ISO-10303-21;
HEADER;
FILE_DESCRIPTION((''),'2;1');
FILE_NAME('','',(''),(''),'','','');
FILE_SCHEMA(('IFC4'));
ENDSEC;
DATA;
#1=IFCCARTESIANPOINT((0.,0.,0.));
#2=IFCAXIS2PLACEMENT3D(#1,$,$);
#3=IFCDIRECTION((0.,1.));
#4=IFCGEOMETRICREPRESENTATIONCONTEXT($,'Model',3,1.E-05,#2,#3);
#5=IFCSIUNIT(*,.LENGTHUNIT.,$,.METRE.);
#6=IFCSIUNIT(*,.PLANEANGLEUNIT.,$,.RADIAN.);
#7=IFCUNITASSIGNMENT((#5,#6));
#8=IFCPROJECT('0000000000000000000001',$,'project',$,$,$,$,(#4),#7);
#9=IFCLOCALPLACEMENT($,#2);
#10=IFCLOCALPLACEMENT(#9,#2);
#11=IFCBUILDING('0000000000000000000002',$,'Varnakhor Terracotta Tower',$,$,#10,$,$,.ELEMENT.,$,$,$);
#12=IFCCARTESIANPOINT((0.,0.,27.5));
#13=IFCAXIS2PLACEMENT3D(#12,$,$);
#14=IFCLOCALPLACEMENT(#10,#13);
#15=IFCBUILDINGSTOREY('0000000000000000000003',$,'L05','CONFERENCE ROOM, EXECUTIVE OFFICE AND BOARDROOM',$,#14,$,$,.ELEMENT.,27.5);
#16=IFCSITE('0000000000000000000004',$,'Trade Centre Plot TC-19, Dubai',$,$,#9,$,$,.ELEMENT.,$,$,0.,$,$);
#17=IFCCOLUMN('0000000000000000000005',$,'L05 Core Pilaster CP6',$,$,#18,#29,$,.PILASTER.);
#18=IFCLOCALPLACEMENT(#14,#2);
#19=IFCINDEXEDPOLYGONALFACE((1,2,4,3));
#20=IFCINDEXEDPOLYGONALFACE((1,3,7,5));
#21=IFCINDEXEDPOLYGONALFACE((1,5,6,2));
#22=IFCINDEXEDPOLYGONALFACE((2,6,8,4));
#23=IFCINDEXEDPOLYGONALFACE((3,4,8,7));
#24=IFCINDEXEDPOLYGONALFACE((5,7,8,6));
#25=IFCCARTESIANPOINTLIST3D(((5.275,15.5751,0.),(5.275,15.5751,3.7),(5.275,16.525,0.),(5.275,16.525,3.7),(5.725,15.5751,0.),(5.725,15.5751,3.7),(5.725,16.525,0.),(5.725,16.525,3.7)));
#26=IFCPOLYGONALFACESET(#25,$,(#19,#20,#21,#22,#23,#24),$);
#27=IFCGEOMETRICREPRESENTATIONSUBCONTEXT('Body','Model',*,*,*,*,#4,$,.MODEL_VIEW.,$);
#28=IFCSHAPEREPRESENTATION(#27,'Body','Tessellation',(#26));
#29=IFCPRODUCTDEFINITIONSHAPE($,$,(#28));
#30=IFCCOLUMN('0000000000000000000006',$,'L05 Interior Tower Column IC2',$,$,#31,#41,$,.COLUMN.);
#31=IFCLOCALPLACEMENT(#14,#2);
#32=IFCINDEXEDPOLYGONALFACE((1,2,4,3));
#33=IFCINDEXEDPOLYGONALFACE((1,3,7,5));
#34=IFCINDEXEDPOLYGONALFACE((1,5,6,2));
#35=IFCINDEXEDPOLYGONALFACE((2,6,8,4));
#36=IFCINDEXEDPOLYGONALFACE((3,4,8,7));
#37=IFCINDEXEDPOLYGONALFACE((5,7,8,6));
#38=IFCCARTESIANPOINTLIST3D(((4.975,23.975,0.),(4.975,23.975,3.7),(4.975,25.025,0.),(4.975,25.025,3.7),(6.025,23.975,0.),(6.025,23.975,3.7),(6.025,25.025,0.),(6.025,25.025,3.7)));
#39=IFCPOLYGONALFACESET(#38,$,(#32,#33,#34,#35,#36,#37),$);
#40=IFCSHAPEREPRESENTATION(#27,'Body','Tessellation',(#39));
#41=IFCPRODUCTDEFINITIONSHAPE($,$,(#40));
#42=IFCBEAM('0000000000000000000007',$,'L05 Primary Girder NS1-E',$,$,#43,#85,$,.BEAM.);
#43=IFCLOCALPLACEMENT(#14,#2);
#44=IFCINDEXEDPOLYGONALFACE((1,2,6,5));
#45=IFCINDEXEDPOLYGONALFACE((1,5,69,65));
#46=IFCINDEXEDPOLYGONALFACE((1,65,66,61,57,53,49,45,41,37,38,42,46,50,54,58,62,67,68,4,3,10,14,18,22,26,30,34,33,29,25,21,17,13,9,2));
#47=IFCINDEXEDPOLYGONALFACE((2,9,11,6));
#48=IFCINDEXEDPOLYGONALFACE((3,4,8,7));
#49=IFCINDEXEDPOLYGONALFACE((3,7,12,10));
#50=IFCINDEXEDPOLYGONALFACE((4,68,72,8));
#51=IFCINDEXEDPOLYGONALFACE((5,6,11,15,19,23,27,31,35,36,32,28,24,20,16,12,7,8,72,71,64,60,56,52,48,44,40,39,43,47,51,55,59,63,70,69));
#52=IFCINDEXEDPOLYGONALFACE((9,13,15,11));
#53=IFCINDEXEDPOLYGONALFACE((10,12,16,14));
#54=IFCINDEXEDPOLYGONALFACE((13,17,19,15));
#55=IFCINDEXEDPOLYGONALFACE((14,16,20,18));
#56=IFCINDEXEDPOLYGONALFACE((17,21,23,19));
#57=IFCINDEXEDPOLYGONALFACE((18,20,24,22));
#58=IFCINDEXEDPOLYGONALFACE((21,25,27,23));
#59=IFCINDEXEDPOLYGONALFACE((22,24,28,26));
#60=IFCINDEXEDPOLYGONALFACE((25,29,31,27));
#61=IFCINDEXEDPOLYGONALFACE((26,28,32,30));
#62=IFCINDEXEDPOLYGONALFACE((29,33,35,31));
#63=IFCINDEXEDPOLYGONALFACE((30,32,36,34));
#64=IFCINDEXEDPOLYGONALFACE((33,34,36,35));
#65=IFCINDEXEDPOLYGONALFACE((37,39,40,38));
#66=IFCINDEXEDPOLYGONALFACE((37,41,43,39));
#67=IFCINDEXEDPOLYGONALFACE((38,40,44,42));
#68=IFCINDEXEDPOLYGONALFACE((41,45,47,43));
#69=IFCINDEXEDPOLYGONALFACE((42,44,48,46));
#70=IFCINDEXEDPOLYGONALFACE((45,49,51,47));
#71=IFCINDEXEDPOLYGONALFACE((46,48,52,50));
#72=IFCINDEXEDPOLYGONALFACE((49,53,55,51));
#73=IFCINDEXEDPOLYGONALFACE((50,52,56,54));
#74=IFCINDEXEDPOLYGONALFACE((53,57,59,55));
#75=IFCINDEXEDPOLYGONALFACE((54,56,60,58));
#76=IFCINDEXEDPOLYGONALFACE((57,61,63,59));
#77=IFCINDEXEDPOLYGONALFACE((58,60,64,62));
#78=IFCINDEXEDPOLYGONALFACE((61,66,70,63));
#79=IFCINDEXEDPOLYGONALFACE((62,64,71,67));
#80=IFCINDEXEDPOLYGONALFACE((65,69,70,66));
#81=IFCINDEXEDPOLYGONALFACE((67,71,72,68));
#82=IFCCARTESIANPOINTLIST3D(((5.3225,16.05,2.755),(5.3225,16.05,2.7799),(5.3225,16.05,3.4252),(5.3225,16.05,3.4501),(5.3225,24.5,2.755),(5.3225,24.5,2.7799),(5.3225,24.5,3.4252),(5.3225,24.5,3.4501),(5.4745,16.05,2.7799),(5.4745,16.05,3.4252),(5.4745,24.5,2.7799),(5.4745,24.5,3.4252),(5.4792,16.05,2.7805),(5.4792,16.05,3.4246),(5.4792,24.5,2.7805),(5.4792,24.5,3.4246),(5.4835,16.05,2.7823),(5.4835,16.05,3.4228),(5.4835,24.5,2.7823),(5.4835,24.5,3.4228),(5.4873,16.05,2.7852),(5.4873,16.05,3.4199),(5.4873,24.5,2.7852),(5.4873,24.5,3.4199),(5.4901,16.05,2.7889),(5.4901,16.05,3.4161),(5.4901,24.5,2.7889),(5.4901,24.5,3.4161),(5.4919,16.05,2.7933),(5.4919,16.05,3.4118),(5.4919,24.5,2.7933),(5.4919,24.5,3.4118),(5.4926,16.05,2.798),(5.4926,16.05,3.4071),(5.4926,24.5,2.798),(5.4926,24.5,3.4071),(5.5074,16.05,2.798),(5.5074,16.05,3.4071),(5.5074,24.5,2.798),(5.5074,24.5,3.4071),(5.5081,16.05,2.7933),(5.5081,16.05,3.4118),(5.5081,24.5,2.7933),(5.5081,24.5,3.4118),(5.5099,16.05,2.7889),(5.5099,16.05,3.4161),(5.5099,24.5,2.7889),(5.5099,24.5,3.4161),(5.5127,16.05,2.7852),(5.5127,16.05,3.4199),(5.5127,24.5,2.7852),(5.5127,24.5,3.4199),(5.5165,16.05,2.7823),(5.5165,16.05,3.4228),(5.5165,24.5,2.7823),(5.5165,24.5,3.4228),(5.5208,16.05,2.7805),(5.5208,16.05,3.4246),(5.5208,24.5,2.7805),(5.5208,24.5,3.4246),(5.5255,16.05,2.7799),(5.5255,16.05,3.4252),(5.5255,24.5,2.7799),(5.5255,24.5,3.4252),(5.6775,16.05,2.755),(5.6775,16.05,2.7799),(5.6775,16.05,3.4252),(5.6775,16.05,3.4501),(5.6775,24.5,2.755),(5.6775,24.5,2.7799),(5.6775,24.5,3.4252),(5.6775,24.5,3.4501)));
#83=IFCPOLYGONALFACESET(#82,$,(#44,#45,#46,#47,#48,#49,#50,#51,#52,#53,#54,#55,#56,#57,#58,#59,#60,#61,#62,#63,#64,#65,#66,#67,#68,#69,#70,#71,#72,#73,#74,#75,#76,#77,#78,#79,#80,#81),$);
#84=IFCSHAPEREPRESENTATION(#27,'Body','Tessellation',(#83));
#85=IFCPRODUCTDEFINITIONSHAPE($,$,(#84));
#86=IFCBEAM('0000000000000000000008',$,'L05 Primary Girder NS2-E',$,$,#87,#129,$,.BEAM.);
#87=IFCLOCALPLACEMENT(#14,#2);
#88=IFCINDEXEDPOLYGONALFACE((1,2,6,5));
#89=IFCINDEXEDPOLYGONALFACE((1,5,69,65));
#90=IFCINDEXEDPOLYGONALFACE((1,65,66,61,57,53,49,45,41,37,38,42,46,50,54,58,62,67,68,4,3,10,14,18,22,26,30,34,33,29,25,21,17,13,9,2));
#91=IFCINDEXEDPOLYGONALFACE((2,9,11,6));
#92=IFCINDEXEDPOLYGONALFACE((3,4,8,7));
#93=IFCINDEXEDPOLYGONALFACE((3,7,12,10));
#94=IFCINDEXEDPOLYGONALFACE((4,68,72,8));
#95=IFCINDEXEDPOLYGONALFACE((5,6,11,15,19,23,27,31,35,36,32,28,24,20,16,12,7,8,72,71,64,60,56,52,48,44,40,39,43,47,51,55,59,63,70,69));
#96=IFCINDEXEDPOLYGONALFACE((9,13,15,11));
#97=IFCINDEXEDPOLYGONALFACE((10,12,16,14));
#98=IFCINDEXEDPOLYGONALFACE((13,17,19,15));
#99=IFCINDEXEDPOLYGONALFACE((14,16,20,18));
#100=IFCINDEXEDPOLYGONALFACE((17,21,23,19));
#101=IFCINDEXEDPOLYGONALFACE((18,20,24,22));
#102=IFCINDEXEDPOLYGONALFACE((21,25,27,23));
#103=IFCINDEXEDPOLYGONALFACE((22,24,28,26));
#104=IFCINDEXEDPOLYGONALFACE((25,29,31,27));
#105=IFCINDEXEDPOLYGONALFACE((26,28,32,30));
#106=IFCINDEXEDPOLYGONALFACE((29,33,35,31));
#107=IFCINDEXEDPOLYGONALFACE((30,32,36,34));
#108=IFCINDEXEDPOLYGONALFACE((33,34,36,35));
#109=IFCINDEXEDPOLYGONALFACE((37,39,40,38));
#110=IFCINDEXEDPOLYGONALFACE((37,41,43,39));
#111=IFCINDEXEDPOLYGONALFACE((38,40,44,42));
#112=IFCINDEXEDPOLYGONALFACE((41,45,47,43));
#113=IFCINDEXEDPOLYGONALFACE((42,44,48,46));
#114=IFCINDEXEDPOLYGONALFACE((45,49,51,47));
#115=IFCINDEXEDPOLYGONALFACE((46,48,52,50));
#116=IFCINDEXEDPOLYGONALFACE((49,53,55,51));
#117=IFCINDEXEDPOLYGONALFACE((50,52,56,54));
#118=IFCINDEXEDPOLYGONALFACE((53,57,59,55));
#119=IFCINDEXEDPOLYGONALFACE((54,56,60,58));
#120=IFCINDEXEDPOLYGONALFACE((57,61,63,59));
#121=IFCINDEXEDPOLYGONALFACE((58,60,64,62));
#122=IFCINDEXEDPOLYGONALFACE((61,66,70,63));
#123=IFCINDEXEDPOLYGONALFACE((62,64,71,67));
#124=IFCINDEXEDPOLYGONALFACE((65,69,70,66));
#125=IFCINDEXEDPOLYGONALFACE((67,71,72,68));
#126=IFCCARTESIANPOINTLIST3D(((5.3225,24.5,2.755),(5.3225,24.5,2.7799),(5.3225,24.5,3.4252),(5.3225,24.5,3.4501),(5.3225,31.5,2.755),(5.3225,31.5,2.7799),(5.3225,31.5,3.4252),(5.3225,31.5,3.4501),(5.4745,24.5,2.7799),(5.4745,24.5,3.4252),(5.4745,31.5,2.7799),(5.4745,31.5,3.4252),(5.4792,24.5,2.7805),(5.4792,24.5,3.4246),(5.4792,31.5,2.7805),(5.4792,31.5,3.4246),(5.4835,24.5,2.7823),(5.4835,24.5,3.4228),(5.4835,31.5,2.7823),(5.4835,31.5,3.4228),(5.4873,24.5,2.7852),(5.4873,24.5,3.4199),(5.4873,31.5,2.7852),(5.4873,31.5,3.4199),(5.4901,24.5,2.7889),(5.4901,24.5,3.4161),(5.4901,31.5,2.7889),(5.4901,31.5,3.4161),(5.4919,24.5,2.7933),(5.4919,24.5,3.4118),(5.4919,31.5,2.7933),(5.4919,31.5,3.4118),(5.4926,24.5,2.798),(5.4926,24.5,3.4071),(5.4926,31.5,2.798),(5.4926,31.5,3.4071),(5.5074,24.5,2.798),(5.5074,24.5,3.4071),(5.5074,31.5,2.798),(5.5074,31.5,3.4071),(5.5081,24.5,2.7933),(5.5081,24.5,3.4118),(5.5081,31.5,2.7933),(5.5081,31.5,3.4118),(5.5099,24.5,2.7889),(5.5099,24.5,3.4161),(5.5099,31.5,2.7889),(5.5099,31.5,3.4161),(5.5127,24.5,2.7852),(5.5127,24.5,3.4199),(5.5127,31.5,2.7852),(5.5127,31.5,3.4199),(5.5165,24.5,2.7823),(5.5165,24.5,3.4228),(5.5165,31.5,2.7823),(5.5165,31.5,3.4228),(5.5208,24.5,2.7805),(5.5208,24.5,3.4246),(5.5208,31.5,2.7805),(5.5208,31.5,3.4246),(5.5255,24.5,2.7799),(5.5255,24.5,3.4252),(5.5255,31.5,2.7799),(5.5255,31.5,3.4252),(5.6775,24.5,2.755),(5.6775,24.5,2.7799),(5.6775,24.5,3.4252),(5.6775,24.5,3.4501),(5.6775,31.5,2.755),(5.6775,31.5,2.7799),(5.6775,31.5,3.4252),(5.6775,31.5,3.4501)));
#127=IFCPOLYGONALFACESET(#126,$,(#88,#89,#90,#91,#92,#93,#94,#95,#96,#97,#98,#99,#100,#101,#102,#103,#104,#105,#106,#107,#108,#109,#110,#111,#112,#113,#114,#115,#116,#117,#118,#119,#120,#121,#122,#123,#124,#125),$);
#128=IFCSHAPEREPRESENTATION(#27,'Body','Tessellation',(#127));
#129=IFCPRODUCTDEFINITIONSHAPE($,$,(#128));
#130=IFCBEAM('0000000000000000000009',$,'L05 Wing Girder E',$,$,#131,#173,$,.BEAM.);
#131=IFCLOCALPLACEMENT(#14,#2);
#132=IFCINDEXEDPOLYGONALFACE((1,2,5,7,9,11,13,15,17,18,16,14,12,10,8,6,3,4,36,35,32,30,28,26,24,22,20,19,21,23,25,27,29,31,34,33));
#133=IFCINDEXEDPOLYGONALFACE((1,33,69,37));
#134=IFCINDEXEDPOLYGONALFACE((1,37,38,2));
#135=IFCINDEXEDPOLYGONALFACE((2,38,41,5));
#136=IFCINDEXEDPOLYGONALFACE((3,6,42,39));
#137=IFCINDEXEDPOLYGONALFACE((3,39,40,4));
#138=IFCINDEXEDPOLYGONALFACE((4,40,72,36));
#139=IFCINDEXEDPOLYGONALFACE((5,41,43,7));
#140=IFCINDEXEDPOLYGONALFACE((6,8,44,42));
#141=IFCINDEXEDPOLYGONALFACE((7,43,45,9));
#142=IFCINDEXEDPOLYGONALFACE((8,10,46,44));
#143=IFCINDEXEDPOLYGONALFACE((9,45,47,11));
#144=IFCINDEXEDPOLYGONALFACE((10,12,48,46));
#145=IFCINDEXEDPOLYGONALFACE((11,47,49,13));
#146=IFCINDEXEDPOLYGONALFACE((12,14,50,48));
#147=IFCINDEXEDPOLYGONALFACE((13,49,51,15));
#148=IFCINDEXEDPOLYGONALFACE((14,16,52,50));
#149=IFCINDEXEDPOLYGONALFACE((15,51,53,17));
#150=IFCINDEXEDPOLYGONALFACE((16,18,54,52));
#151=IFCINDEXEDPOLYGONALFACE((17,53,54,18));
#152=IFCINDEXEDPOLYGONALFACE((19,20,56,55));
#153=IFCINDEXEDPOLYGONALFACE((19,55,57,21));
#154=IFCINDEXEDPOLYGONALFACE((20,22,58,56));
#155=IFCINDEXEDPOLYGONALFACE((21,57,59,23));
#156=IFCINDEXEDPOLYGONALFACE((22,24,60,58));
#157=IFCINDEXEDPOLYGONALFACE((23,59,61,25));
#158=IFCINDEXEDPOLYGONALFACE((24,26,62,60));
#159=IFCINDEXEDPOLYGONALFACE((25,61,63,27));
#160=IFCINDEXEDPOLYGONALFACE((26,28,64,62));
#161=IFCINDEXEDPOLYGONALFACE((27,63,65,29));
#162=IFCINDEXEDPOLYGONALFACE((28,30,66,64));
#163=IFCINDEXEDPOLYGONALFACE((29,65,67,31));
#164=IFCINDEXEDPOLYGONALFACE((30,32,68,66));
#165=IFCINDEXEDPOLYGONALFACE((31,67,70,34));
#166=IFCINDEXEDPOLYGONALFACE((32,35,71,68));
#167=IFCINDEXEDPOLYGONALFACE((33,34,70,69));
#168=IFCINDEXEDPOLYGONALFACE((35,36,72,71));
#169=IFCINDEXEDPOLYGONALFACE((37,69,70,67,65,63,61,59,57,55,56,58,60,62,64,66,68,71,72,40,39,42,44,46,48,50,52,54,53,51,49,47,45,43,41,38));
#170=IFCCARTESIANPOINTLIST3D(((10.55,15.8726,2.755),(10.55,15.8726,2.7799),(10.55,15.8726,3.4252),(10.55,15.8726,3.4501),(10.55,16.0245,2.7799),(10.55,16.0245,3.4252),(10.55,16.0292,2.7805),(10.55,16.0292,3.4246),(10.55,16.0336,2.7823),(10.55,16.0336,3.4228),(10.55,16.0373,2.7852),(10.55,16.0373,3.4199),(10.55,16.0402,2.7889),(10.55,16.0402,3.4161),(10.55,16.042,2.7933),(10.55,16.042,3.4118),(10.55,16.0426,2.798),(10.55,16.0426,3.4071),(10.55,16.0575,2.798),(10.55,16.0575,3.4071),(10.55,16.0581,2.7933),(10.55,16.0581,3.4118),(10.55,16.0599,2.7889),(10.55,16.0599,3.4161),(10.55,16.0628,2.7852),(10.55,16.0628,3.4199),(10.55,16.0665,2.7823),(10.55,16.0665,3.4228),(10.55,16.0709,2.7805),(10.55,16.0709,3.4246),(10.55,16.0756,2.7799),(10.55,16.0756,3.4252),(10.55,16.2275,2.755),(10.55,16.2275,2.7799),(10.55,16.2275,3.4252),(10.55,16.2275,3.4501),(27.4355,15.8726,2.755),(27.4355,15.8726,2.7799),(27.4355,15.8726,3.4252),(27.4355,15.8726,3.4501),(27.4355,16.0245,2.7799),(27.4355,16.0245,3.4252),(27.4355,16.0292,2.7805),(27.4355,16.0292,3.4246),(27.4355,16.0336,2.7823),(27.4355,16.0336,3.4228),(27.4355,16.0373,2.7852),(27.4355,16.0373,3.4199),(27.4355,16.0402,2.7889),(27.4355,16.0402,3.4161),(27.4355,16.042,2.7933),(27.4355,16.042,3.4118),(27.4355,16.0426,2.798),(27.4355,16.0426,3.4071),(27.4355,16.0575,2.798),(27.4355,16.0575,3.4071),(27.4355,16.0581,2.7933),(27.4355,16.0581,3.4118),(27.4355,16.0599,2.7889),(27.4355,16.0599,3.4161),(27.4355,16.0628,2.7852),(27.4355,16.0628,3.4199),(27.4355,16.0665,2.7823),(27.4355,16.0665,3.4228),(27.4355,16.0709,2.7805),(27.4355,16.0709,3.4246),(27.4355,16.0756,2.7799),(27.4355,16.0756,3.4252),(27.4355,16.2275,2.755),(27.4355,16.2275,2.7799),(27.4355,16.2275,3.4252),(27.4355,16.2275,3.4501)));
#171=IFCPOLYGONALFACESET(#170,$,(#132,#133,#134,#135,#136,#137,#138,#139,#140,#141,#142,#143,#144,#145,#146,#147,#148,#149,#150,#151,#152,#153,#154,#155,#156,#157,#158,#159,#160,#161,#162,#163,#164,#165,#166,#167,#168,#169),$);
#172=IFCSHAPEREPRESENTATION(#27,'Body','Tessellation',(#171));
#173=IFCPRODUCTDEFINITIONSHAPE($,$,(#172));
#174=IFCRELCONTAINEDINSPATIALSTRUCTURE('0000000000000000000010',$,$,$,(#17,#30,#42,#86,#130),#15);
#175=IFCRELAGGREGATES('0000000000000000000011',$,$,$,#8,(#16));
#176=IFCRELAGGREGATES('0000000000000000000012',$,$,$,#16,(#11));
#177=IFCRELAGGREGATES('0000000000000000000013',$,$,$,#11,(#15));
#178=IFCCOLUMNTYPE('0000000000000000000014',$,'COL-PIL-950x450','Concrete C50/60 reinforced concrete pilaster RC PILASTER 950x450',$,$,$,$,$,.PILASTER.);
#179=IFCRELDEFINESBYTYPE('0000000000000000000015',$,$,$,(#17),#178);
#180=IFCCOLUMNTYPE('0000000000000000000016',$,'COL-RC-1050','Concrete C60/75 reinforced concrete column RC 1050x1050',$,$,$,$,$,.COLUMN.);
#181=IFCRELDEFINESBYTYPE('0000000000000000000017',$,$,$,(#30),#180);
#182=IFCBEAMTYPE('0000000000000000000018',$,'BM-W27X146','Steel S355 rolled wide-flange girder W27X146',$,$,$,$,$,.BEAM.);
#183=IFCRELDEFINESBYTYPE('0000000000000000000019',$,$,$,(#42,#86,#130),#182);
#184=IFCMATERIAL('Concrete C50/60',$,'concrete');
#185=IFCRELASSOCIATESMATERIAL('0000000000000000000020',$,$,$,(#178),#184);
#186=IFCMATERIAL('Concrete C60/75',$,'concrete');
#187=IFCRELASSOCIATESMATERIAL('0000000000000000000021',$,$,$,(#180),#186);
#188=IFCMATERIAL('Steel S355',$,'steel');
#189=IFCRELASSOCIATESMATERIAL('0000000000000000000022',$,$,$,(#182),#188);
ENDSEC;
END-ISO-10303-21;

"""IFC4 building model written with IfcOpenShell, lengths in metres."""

from ifc_helpers import new_model, si_unit, direction, frame, origin, origin_2d, place, context, subcontext, project, spatial, rectangle, i_section, extrude, source, transform, mapped, material, material_profile, profile_set, type_object, type_shapes, element, save


model = new_model("IFC4")

# Units and contexts
model_context = context("Model", 3, precision=1e-05, world=origin(), true_north=direction((0.0, 1.0)))
body_context = subcontext(model_context, "Body", "Model", "MODEL_VIEW")
ifc_project = project(units=[si_unit("LENGTHUNIT", "METRE"), si_unit("PLANEANGLEUNIT", "RADIAN")], contexts=[model_context])

# Site, building, storey
site_placement = place(None, origin())
site = spatial("IfcSite", under=ifc_project, at=site_placement, Name="Trade Centre Plot TC-19, Dubai", CompositionType="ELEMENT", RefElevation=0.0)
building_placement = place(site_placement, origin())
building = spatial("IfcBuilding", under=site, at=building_placement, Name="Varnakhor Terracotta Tower", CompositionType="ELEMENT")
storey_placement = place(building_placement, frame((0.0, 0.0, 27.5)))
storey = spatial("IfcBuildingStorey", under=building, at=storey_placement, Name="L05", Description="CONFERENCE ROOM, EXECUTIVE OFFICE AND BOARDROOM", CompositionType="ELEMENT", Elevation=27.5)

# Columns
ifc_material_1 = material(Name="Concrete C50/60", Category="concrete")
ifc_material_profile_1 = material_profile(ifc_material_1, rectangle(XDim=0.45, YDim=0.95, at=origin_2d()), Name="RC PILASTER 950x450")
ifc_profile_set_1 = profile_set([ifc_material_profile_1], Name="Concrete C50/60")
column_type_1 = type_object("IfcColumnType", Name="COL-PIL-950x450", Description="Concrete C50/60 reinforced concrete pilaster RC PILASTER 950x450", PredefinedType="PILASTER", material=ifc_profile_set_1)
shared_shape_1 = source(origin(), body_context, "Body", "SweptSolid", [
    extrude(rectangle(XDim=0.45, YDim=0.95, at=origin_2d()), origin(), (0.0, 0.0, 1.0), 3.7),
])
column_1_placement = place(storey_placement, frame((5.5, 16.05, 0.0), z_axis=(0.0, 0.0, 1.0), x_axis=(1.0, 0.0, 0.0)))
element("IfcColumn", 1, at=column_1_placement, inside=storey, type_object=column_type_1, Name="L05 Core Pilaster CP6", PredefinedType="PILASTER", context=body_context, shape_type="MappedRepresentation", body=[
    mapped(shared_shape_1, transform((0.0, 0.0, 0.0), scale=1.0)),
])
ifc_material_2 = material(Name="Concrete C60/75", Category="concrete")
ifc_material_profile_2 = material_profile(ifc_material_2, rectangle(XDim=1.05, YDim=1.05, at=origin_2d()), Name="RC 1050x1050")
ifc_profile_set_2 = profile_set([ifc_material_profile_2], Name="Concrete C60/75")
column_type_2 = type_object("IfcColumnType", Name="COL-RC-1050", Description="Concrete C60/75 reinforced concrete column RC 1050x1050", PredefinedType="COLUMN", material=ifc_profile_set_2)
shared_shape_2 = source(origin(), body_context, "Body", "SweptSolid", [
    extrude(rectangle(XDim=1.05, YDim=1.05, at=origin_2d()), origin(), (0.0, 0.0, 1.0), 3.7),
])
column_2_placement = place(storey_placement, frame((5.5, 24.5, 0.0), z_axis=(0.0, 0.0, 1.0), x_axis=(1.0, 0.0, 0.0)))
element("IfcColumn", 2, at=column_2_placement, inside=storey, type_object=column_type_2, Name="L05 Interior Tower Column IC2", PredefinedType="COLUMN", context=body_context, shape_type="MappedRepresentation", body=[
    mapped(shared_shape_2, transform((0.0, 0.0, 0.0), scale=1.0)),
])

# Beams
ifc_material_3 = material(Name="Steel S355", Category="steel")
ifc_material_profile_3 = material_profile(ifc_material_3, i_section(OverallWidth=0.355, OverallDepth=0.6951, WebThickness=0.0149, FlangeThickness=0.0249, FilletRadius=0.0181, at=origin_2d()), Name="W27X146")
ifc_profile_set_3 = profile_set([ifc_material_profile_3], Name="Steel S355")
beam_type_1 = type_object("IfcBeamType", Name="BM-W27X146", Description="Steel S355 rolled wide-flange girder W27X146", PredefinedType="BEAM", material=ifc_profile_set_3)
shared_shape_3 = source(origin(), body_context, "Body", "SweptSolid", [
    extrude(i_section(OverallWidth=0.355, OverallDepth=0.6951, WebThickness=0.0149, FlangeThickness=0.0249, FilletRadius=0.0181, at=origin_2d()), origin(), (0.0, 0.0, 1.0), 8.45),
])
type_shapes(beam_type_1, [shared_shape_3])
beam_1_placement = place(storey_placement, frame((5.5, 16.05, 3.1025), z_axis=(0.0, 1.0, 0.0), x_axis=(-1.0, 0.0, 0.0)))
element("IfcBeam", 3, at=beam_1_placement, inside=storey, type_object=beam_type_1, Name="L05 Primary Girder NS1-E", PredefinedType="BEAM", context=body_context, shape_type="MappedRepresentation", body=[
    mapped(shared_shape_3, transform((0.0, 0.0, 0.0), scale=1.0)),
])
shared_shape_4 = source(origin(), body_context, "Body", "SweptSolid", [
    extrude(i_section(OverallWidth=0.355, OverallDepth=0.6951, WebThickness=0.0149, FlangeThickness=0.0249, FilletRadius=0.0181, at=origin_2d()), origin(), (0.0, 0.0, 1.0), 7.0),
])
beam_2_placement = place(storey_placement, frame((5.5, 24.5, 3.1025), z_axis=(0.0, 1.0, 0.0), x_axis=(-1.0, 0.0, 0.0)))
element("IfcBeam", 4, at=beam_2_placement, inside=storey, type_object=beam_type_1, Name="L05 Primary Girder NS2-E", PredefinedType="BEAM", context=body_context, shape_type="MappedRepresentation", body=[
    mapped(shared_shape_4, transform((0.0, 0.0, 0.0), scale=1.0)),
])
shared_shape_5 = source(origin(), body_context, "Body", "SweptSolid", [
    extrude(i_section(OverallWidth=0.355, OverallDepth=0.6951, WebThickness=0.0149, FlangeThickness=0.0249, FilletRadius=0.0181, at=origin_2d()), origin(), (0.0, 0.0, 1.0), 16.8855),
])
beam_3_placement = place(storey_placement, frame((10.55, 16.05, 3.1025), z_axis=(1.0, 0.0, 0.0), x_axis=(0.0, 1.0, 0.0)))
element("IfcBeam", 5, at=beam_3_placement, inside=storey, type_object=beam_type_1, Name="L05 Wing Girder E", PredefinedType="BEAM", context=body_context, shape_type="MappedRepresentation", body=[
    mapped(shared_shape_5, transform((0.0, 0.0, 0.0), scale=1.0)),
])

save(model, "model.ifc")
